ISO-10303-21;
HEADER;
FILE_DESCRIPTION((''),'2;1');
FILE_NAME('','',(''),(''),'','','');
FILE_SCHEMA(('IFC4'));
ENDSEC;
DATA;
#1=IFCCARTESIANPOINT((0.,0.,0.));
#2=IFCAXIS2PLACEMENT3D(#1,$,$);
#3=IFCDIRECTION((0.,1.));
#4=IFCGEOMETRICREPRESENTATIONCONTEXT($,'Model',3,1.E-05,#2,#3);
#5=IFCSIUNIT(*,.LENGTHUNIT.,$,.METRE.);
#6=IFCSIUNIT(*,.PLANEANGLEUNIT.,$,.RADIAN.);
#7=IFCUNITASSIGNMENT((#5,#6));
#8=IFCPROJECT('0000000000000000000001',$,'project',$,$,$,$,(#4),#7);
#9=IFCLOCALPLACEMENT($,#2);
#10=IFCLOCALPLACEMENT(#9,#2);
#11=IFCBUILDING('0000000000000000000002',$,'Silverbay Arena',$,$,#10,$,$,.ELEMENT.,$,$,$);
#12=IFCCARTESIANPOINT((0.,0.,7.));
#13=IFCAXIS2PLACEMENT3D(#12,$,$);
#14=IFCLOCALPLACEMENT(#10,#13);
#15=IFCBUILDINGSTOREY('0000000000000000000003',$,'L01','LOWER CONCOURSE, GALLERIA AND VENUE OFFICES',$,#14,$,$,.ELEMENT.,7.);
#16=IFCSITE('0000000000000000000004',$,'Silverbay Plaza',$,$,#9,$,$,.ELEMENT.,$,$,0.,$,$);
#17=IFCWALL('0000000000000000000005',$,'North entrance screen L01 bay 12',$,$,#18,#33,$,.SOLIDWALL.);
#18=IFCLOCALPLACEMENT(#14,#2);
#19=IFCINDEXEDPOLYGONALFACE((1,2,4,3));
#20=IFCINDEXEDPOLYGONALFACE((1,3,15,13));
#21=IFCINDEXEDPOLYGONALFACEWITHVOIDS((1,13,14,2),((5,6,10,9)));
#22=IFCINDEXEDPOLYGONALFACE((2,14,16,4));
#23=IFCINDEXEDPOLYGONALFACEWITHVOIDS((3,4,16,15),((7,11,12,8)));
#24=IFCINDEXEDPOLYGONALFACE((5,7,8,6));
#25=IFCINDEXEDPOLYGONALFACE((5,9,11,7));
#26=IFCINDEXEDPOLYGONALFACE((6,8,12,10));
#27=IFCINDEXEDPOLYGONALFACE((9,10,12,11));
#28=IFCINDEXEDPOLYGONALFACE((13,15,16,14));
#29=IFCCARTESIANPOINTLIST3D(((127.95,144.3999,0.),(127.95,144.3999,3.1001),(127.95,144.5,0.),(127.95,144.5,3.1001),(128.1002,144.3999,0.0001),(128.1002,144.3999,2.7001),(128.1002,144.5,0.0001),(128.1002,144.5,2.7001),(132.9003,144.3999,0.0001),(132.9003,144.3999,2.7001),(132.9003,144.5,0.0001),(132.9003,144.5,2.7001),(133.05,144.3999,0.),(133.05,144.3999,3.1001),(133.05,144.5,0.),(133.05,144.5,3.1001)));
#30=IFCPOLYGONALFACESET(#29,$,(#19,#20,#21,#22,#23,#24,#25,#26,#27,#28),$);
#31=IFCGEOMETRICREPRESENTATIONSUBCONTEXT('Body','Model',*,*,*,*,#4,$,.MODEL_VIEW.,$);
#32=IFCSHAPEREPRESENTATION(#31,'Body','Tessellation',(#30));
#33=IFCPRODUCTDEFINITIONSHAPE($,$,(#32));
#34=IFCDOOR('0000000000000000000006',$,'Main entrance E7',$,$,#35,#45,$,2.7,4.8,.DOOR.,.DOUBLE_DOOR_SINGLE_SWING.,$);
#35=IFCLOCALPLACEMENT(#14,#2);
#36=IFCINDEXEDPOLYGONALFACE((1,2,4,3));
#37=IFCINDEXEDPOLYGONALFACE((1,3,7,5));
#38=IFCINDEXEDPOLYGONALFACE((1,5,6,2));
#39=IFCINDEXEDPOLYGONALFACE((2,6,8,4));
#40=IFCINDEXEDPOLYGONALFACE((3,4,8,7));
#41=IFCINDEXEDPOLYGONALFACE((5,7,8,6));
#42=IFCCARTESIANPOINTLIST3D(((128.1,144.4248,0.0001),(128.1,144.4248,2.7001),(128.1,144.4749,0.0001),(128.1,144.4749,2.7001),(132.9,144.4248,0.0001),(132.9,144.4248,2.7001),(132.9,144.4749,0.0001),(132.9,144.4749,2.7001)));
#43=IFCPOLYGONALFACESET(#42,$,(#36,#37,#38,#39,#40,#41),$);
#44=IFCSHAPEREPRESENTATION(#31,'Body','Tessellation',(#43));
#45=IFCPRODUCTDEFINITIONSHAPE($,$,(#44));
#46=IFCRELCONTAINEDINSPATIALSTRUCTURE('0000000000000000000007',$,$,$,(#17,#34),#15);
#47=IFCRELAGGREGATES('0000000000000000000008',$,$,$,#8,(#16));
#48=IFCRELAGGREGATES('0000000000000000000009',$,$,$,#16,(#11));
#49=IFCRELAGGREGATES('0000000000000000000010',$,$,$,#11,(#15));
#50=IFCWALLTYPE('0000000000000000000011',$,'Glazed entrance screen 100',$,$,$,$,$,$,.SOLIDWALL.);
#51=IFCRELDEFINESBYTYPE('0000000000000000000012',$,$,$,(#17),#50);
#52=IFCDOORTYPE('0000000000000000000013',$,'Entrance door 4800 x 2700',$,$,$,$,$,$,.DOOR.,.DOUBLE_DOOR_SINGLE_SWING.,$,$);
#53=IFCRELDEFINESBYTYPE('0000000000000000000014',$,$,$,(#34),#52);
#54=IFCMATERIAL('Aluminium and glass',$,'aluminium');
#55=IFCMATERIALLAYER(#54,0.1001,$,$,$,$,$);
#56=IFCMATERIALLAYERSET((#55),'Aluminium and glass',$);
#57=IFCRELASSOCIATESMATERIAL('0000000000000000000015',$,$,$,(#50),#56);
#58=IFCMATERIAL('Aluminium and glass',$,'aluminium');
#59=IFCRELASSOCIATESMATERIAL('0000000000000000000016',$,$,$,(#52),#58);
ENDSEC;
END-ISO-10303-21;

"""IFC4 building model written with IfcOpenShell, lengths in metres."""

from ifc_helpers import new_model, si_unit, direction, frame, frame_2d, origin, place, context, subcontext, project, spatial, rectangle, extrude, material, layer, layer_set, type_object, element, fill, save


model = new_model("IFC4")

# Units and contexts
model_context = context("Model", 3, precision=1e-05, world=origin(), true_north=direction((0.0, 1.0)))
body_context = subcontext(model_context, "Body", "Model", "MODEL_VIEW")
ifc_project = project(units=[si_unit("LENGTHUNIT", "METRE"), si_unit("PLANEANGLEUNIT", "RADIAN")], contexts=[model_context])

# Site, building, storey
site_placement = place(None, origin())
site = spatial("IfcSite", under=ifc_project, at=site_placement, Name="Silverbay Plaza", CompositionType="ELEMENT", RefElevation=0.0)
building_placement = place(site_placement, origin())
building = spatial("IfcBuilding", under=site, at=building_placement, Name="Silverbay Arena", CompositionType="ELEMENT")
storey_placement = place(building_placement, frame((0.0, 0.0, 7.0)))
storey = spatial("IfcBuildingStorey", under=building, at=storey_placement, Name="L01", Description="LOWER CONCOURSE, GALLERIA AND VENUE OFFICES", CompositionType="ELEMENT", Elevation=7.0)

# Wall, opening, door
ifc_material_1 = material(Name="Aluminium and glass", Category="aluminium")
ifc_layer_1 = layer(ifc_material_1, 0.1001)
ifc_layer_set_1 = layer_set([ifc_layer_1], Name="Aluminium and glass")
wall_type = type_object("IfcWallType", Name="Glazed entrance screen 100", PredefinedType="SOLIDWALL", material=ifc_layer_set_1)
wall_placement = place(storey_placement, frame((133.05, 144.45, 0.0), z_axis=(0.0, 0.0, 1.0), x_axis=(-1.0, 0.0, 0.0)))
wall = element("IfcWall", 1, at=wall_placement, inside=storey, type_object=wall_type, Name="North entrance screen L01 bay 12", PredefinedType="SOLIDWALL", context=body_context, shape_type="SweptSolid", body=[
    extrude(rectangle(XDim=5.1001, YDim=0.1001, at=frame_2d((2.55, 0.0))), origin(), (0.0, 0.0, 1.0), 3.1001),
])
opening_placement = place(wall_placement, frame((0.1499, 0.0, 0.0)))
opening = element("IfcOpeningElement", 2, at=opening_placement, cuts=wall, PredefinedType="OPENING", context=body_context, shape_type="SweptSolid", body=[
    extrude(rectangle(XDim=4.8, YDim=2.7, at=frame_2d((2.3999, 1.3501))), frame((0.0, 0.0601, 0.0), z_axis=(0.0, -1.0, 0.0), x_axis=(1.0, 0.0, 0.0)), (0.0, 0.0, 1.0), 0.1201),
])
ifc_material_2 = material(Name="Aluminium and glass", Category="aluminium")
door_type = type_object("IfcDoorType", Name="Entrance door 4800 x 2700", OperationType="DOUBLE_DOOR_SINGLE_SWING", PredefinedType="DOOR", material=ifc_material_2)
door_placement = place(opening_placement, frame((4.8, 0.0, 0.0), z_axis=(0.0, 0.0, 1.0), x_axis=(-1.0, 0.0, 0.0)))
door = element("IfcDoor", 3, at=door_placement, inside=storey, type_object=door_type, Name="Main entrance E7", OperationType="DOUBLE_DOOR_SINGLE_SWING", OverallHeight=2.7, OverallWidth=4.8, PredefinedType="DOOR", context=body_context, shape_type="SweptSolid", body=[
    extrude(rectangle(XDim=4.8, YDim=2.7, at=frame_2d((2.3999, 1.3501))), frame((0.0, 0.0249, 0.0), z_axis=(0.0, -1.0, 0.0), x_axis=(1.0, 0.0, 0.0)), (0.0, 0.0, 1.0), 0.05),
])
fill(opening, door)

save(model, "model.ifc")
